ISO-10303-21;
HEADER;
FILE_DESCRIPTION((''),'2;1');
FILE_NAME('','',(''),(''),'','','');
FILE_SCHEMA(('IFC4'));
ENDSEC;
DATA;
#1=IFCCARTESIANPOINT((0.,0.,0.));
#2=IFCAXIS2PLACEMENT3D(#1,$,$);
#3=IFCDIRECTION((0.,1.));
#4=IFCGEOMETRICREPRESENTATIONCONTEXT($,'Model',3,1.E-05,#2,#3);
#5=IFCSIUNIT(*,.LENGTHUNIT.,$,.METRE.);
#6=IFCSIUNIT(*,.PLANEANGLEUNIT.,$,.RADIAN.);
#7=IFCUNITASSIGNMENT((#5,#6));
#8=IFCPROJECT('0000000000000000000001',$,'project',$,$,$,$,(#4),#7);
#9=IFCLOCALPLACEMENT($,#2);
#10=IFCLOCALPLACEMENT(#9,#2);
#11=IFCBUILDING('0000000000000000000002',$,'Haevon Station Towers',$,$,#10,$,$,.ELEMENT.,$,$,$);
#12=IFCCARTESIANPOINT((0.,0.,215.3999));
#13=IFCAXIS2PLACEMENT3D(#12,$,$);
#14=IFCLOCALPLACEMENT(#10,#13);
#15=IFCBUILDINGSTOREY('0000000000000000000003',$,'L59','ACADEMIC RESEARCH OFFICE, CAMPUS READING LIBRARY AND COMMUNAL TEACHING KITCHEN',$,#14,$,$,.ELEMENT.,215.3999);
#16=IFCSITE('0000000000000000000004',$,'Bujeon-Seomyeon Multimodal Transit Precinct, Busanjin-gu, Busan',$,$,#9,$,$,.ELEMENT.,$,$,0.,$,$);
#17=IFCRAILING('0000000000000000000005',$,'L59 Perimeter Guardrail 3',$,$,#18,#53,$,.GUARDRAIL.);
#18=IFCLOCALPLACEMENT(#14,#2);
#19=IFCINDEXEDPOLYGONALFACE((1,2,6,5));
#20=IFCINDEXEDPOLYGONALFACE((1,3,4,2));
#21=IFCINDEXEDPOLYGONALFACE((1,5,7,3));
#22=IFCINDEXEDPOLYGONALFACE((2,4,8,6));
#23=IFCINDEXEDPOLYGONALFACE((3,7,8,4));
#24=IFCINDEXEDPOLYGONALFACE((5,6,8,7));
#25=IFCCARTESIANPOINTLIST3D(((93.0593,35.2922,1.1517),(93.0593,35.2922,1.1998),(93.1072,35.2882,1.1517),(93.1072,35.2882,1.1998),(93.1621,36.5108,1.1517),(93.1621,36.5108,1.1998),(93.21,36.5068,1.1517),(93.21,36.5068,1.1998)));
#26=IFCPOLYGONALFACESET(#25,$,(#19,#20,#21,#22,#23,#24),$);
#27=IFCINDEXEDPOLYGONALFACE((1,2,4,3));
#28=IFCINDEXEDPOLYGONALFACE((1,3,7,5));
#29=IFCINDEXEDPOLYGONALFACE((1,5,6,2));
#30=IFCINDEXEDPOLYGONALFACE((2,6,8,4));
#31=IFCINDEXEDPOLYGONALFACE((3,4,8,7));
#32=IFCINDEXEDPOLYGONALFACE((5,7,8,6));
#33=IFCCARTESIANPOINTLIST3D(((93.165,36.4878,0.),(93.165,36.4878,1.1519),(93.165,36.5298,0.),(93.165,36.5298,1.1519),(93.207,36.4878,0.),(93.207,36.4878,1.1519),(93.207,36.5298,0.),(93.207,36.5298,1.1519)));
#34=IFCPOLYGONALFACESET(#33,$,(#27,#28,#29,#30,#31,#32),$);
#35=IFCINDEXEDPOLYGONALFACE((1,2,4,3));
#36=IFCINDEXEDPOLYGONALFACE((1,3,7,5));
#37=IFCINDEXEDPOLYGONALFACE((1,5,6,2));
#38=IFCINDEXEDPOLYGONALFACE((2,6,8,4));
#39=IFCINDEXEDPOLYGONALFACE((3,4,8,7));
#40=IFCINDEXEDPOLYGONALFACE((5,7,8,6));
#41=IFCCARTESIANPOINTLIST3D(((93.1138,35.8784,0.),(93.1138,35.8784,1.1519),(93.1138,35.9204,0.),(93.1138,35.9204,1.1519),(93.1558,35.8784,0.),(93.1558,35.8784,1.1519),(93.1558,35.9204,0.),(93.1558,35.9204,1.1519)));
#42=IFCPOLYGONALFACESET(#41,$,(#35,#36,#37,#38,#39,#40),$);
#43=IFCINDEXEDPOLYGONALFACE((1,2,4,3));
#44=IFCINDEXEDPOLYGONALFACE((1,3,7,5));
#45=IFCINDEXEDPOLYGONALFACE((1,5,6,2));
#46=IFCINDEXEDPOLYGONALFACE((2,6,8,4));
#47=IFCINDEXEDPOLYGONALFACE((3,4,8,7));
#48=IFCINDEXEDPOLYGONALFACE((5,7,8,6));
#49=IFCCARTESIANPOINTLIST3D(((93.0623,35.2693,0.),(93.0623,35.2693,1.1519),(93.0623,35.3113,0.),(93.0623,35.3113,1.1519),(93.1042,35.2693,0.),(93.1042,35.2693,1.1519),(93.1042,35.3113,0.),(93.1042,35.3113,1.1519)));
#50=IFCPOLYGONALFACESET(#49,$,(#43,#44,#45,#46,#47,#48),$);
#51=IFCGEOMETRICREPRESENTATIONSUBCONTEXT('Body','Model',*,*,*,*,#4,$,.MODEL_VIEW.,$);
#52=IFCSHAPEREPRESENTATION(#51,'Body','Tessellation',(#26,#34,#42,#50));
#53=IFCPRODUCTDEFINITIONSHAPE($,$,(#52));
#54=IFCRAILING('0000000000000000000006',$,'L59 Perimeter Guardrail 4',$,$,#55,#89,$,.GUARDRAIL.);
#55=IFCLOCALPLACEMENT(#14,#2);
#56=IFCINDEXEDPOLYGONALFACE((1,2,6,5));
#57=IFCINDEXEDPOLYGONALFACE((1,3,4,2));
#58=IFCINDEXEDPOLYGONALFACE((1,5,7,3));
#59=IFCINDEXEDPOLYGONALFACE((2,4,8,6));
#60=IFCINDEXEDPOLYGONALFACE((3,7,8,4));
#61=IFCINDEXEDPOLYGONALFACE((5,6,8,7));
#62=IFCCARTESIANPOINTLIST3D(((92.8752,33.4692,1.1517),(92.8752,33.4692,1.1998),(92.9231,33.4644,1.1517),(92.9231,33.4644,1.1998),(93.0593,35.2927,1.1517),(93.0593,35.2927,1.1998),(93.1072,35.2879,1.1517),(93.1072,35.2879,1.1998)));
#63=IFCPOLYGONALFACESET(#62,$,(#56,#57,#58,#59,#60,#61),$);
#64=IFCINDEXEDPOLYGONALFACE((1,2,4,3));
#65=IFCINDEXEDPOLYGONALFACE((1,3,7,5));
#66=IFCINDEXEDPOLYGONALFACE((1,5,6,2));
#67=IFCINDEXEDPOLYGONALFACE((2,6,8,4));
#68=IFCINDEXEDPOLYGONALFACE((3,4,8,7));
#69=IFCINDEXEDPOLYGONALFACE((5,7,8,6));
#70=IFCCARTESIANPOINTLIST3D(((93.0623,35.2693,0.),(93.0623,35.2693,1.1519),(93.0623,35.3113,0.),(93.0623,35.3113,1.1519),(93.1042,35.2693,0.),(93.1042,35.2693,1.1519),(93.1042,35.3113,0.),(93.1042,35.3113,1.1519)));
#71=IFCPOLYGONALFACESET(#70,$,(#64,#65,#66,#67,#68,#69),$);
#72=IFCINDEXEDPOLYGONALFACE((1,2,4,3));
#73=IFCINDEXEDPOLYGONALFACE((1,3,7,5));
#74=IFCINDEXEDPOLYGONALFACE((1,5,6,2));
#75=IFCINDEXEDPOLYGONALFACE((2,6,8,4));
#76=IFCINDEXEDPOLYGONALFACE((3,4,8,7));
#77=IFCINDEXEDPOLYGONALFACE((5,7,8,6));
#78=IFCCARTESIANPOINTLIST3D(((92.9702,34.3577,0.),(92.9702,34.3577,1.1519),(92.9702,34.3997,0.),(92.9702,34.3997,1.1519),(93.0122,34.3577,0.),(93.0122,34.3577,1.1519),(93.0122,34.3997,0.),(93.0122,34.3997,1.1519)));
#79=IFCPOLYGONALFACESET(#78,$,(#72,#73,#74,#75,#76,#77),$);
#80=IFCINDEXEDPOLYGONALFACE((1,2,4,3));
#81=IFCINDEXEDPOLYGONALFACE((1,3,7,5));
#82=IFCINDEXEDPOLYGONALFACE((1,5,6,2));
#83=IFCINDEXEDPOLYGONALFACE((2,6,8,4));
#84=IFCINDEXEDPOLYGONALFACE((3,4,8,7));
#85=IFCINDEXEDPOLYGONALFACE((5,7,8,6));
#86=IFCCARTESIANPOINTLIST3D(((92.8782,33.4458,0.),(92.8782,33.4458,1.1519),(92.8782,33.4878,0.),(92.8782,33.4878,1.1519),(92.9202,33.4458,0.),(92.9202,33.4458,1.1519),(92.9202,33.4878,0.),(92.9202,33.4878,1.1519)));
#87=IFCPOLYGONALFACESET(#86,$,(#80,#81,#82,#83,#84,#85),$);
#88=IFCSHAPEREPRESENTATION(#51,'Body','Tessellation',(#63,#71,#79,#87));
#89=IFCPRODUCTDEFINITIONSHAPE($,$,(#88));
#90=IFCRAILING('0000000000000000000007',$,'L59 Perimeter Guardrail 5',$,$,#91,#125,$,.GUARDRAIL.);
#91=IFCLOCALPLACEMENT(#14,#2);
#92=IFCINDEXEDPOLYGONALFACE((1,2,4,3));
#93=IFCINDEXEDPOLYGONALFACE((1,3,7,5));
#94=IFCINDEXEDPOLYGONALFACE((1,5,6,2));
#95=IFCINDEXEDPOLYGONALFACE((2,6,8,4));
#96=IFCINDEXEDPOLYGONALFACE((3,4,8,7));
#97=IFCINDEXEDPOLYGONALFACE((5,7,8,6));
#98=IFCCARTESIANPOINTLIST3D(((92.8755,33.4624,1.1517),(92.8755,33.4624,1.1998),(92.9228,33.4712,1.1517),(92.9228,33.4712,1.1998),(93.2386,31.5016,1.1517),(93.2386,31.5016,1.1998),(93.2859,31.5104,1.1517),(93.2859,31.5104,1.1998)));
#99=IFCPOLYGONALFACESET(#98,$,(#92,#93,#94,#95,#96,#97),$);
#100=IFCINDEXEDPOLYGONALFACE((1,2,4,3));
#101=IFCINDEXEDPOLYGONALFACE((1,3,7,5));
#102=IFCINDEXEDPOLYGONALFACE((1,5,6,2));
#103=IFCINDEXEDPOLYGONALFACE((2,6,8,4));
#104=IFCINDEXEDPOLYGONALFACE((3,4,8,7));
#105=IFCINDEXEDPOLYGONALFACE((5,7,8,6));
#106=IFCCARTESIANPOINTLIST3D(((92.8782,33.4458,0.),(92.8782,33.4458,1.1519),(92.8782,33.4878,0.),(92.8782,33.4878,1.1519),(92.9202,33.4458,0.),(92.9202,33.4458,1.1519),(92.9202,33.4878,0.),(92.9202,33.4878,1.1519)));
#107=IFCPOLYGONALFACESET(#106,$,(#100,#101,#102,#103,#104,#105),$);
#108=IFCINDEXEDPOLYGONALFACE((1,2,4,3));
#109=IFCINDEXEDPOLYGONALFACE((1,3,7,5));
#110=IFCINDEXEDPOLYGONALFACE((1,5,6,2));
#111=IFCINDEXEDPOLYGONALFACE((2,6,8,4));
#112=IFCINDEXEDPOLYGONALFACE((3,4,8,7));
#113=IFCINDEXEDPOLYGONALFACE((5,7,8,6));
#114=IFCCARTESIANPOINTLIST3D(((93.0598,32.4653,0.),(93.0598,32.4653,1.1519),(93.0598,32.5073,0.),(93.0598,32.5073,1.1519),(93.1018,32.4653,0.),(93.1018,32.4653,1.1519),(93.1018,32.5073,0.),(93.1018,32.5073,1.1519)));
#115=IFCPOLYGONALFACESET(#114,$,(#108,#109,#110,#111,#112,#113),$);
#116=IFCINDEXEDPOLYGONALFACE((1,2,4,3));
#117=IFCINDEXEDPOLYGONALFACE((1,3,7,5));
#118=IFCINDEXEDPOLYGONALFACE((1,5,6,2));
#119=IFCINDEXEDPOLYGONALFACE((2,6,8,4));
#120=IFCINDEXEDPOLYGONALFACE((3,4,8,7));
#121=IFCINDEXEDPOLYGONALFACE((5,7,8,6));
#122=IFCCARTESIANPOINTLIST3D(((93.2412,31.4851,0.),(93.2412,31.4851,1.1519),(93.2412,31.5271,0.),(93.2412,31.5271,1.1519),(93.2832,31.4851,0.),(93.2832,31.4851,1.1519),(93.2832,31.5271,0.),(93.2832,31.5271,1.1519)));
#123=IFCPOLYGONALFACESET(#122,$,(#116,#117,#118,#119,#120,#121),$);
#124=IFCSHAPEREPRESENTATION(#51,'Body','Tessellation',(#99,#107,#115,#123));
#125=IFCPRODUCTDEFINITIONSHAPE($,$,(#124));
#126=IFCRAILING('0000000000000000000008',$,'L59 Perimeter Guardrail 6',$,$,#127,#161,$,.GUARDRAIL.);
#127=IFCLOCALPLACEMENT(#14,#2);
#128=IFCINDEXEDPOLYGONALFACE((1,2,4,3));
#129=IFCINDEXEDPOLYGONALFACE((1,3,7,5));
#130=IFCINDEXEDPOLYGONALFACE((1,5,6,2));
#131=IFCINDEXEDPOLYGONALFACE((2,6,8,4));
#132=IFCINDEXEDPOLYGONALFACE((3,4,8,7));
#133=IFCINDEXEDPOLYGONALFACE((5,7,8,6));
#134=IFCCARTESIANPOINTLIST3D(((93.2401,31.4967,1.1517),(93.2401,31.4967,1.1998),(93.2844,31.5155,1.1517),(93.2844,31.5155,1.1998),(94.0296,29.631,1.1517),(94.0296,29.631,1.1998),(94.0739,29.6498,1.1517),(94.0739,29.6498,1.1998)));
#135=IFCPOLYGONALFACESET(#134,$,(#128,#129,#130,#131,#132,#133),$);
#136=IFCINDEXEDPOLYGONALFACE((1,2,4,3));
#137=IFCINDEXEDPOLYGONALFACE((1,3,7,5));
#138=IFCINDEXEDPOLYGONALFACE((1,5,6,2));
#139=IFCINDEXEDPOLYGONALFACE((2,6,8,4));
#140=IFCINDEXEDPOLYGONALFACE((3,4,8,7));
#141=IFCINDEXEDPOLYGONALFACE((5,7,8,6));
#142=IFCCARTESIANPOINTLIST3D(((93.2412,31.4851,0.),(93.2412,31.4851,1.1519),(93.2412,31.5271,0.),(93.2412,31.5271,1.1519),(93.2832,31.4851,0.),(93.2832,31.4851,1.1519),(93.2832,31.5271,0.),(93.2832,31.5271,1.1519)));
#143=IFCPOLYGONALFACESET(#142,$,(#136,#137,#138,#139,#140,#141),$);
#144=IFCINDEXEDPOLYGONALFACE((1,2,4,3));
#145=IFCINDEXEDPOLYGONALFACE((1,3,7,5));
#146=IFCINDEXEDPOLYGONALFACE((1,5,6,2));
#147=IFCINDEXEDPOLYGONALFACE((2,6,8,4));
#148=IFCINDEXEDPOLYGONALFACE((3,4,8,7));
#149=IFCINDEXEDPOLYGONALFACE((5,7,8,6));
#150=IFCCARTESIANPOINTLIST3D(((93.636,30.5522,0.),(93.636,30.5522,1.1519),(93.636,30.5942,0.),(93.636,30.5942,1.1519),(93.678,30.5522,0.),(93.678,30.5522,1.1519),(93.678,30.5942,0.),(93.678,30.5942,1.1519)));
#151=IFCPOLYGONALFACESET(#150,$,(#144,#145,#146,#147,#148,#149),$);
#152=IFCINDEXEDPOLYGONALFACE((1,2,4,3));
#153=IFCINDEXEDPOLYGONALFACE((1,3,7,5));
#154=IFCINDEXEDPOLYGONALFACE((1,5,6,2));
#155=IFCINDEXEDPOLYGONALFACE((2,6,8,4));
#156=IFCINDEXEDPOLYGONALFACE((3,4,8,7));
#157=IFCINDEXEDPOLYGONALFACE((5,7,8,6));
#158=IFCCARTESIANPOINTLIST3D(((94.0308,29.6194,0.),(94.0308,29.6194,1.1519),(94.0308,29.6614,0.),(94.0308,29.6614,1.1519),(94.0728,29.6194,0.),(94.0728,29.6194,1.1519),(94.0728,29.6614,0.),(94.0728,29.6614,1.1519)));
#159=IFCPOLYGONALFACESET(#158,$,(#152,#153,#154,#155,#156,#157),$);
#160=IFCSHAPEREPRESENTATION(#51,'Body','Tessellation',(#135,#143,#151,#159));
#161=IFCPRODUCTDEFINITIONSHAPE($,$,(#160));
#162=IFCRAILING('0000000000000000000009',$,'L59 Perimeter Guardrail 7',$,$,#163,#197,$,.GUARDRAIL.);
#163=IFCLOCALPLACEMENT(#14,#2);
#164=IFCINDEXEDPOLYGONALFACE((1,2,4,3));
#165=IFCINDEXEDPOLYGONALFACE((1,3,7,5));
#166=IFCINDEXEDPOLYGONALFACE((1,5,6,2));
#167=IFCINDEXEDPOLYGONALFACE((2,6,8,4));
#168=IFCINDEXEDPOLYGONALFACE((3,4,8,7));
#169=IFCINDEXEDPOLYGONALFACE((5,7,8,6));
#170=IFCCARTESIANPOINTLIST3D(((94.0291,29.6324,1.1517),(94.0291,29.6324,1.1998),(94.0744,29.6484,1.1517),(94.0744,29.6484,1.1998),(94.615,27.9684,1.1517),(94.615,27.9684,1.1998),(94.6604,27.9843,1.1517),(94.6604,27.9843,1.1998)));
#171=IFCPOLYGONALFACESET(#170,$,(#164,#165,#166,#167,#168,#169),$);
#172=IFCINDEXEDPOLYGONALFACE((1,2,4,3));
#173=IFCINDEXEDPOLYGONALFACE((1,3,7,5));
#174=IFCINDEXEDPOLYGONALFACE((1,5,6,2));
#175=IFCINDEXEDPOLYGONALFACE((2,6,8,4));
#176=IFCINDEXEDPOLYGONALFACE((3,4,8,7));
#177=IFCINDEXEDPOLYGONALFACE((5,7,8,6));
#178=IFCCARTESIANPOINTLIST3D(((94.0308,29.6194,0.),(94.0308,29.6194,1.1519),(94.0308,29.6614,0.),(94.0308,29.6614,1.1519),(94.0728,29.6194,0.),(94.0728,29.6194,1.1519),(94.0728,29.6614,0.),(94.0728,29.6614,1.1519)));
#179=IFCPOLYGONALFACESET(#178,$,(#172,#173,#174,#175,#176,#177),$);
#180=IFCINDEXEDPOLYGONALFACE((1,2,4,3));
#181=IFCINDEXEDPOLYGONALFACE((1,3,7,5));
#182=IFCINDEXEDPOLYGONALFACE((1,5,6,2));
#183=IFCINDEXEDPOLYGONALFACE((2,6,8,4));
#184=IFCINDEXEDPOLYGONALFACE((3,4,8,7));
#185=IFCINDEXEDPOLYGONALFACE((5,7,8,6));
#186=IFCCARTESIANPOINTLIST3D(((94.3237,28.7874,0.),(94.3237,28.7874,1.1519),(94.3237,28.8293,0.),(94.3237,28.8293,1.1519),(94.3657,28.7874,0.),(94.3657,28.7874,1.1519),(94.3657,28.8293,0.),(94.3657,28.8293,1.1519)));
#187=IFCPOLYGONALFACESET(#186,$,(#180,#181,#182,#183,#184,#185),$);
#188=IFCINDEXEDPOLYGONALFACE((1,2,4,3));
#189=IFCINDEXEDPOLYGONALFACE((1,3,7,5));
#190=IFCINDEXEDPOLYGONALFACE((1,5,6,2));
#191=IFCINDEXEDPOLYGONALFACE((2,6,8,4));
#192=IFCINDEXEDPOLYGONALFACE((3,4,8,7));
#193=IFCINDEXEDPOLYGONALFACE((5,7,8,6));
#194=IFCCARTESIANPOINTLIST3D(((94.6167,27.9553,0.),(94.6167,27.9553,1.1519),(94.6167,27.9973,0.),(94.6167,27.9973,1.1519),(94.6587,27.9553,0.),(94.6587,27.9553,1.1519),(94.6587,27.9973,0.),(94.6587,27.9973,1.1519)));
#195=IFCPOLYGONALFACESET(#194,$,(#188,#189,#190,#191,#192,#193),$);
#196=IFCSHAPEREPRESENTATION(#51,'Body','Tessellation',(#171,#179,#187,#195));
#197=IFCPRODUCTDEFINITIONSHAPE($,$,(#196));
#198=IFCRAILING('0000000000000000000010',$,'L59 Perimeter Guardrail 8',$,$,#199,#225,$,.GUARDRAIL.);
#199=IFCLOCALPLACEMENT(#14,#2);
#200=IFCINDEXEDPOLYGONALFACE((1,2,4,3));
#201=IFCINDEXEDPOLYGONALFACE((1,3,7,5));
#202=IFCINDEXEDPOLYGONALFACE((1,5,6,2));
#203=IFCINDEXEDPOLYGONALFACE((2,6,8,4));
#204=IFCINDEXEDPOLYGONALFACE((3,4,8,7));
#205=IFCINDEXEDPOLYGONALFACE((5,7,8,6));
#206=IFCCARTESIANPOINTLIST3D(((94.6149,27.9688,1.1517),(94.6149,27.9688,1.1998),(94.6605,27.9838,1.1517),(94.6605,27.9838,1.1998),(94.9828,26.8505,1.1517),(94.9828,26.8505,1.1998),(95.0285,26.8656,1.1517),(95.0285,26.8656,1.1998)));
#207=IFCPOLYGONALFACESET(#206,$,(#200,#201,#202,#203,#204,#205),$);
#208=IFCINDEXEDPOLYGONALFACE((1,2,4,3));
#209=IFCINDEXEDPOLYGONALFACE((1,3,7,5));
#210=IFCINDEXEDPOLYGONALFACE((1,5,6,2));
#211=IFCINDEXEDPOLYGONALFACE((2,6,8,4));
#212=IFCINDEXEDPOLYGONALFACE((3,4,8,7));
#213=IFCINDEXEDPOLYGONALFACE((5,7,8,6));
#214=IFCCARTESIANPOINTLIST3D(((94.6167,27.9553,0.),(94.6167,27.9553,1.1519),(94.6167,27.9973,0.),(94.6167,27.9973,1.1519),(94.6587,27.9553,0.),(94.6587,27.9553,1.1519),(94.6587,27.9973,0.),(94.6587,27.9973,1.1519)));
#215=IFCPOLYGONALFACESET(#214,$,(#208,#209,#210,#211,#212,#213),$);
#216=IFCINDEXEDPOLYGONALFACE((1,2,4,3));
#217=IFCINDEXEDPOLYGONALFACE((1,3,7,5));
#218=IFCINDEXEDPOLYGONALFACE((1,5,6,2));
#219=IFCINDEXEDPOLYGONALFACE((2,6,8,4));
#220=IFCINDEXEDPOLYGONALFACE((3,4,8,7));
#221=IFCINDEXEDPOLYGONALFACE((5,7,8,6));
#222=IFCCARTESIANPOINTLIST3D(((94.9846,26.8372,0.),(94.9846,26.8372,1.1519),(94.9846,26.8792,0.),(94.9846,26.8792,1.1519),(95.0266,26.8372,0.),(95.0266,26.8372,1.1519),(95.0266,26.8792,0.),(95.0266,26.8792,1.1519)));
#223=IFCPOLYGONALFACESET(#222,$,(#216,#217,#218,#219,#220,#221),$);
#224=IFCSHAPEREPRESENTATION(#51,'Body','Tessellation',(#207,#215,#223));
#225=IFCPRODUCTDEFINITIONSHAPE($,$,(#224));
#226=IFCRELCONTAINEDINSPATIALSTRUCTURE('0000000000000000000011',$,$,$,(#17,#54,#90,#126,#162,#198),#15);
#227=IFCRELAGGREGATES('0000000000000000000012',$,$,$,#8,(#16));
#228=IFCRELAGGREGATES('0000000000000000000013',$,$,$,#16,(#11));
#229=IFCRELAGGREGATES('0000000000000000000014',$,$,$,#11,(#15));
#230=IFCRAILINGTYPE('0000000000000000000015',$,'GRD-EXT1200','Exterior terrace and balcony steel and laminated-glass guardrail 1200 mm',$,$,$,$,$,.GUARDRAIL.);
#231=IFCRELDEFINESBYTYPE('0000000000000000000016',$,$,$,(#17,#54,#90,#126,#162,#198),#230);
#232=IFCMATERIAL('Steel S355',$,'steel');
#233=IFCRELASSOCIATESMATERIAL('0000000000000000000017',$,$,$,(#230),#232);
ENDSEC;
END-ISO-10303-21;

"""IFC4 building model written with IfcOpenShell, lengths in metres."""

from ifc_helpers import new_model, si_unit, direction, frame, origin, origin_2d, place, context, subcontext, project, spatial, rectangle, extrude, material, type_object, element, save


model = new_model("IFC4")

# Units and contexts
model_context = context("Model", 3, precision=1e-05, world=origin(), true_north=direction((0.0, 1.0)))
body_context = subcontext(model_context, "Body", "Model", "MODEL_VIEW")
ifc_project = project(units=[si_unit("LENGTHUNIT", "METRE"), si_unit("PLANEANGLEUNIT", "RADIAN")], contexts=[model_context])

# Site, building, storey
site_placement = place(None, origin())
site = spatial("IfcSite", under=ifc_project, at=site_placement, Name="Bujeon-Seomyeon Multimodal Transit Precinct, Busanjin-gu, Busan", CompositionType="ELEMENT", RefElevation=0.0)
building_placement = place(site_placement, origin())
building = spatial("IfcBuilding", under=site, at=building_placement, Name="Haevon Station Towers", CompositionType="ELEMENT")
storey_placement = place(building_placement, frame((0.0, 0.0, 215.3999)))
storey = spatial("IfcBuildingStorey", under=building, at=storey_placement, Name="L59", Description="ACADEMIC RESEARCH OFFICE, CAMPUS READING LIBRARY AND COMMUNAL TEACHING KITCHEN", CompositionType="ELEMENT", Elevation=215.3999)

# Shared definitions
ifc_material_1 = material(Name="Steel S355", Category="steel")

# Railings
railing_type = type_object("IfcRailingType", Name="GRD-EXT1200", Description="Exterior terrace and balcony steel and laminated-glass guardrail 1200 mm", PredefinedType="GUARDRAIL", material=ifc_material_1)
railing_1_placement = place(storey_placement, frame((93.186, 36.5088, 0.0)))
element("IfcRailing", 1, at=railing_1_placement, inside=storey, type_object=railing_type, Name="L59 Perimeter Guardrail 3", PredefinedType="GUARDRAIL", context=body_context, shape_type="SweptSolid", body=[
    extrude(rectangle(XDim=0.0481, YDim=0.0481, at=origin_2d()), frame((0.0, 0.0, 1.1758), z_axis=(-0.084053, -0.996461, 0.0), x_axis=(0.996461, -0.084053, 0.0)), (0.0, 0.0, 1.0), 1.2229),
    extrude(rectangle(XDim=0.042, YDim=0.042, at=origin_2d()), origin(), (0.0, 0.0, 1.0), 1.1519),
    extrude(rectangle(XDim=0.042, YDim=0.042, at=origin_2d()), frame((-0.0513, -0.6094, 0.0)), (0.0, 0.0, 1.0), 1.1519),
    extrude(rectangle(XDim=0.042, YDim=0.042, at=origin_2d()), frame((-0.1028, -1.2185, 0.0)), (0.0, 0.0, 1.0), 1.1519),
])
railing_2_placement = place(storey_placement, frame((93.0833, 35.2903, 0.0)))
element("IfcRailing", 2, at=railing_2_placement, inside=storey, type_object=railing_type, Name="L59 Perimeter Guardrail 4", PredefinedType="GUARDRAIL", context=body_context, shape_type="SweptSolid", body=[
    extrude(rectangle(XDim=0.0481, YDim=0.0481, at=origin_2d()), frame((0.0, 0.0, 1.1758), z_axis=(-0.10044, -0.994943, 0.0), x_axis=(0.994943, -0.10044, 0.0)), (0.0, 0.0, 1.0), 1.8328),
    extrude(rectangle(XDim=0.042, YDim=0.042, at=origin_2d()), origin(), (0.0, 0.0, 1.0), 1.1519),
    extrude(rectangle(XDim=0.042, YDim=0.042, at=origin_2d()), frame((-0.092, -0.9116, 0.0)), (0.0, 0.0, 1.0), 1.1519),
    extrude(rectangle(XDim=0.042, YDim=0.042, at=origin_2d()), frame((-0.1841, -1.8235, 0.0)), (0.0, 0.0, 1.0), 1.1519),
])
railing_3_placement = place(storey_placement, frame((92.8992, 33.4668, 0.0)))
element("IfcRailing", 3, at=railing_3_placement, inside=storey, type_object=railing_type, Name="L59 Perimeter Guardrail 5", PredefinedType="GUARDRAIL", context=body_context, shape_type="SweptSolid", body=[
    extrude(rectangle(XDim=0.0481, YDim=0.0481, at=origin_2d()), frame((0.0, 0.0, 1.1758), z_axis=(0.182063, -0.983287, 0.0), x_axis=(0.983287, 0.182063, 0.0)), (0.0, 0.0, 1.0), 1.9941),
    extrude(rectangle(XDim=0.042, YDim=0.042, at=origin_2d()), origin(), (0.0, 0.0, 1.0), 1.1519),
    extrude(rectangle(XDim=0.042, YDim=0.042, at=origin_2d()), frame((0.1816, -0.9805, 0.0)), (0.0, 0.0, 1.0), 1.1519),
    extrude(rectangle(XDim=0.042, YDim=0.042, at=origin_2d()), frame((0.363, -1.9607, 0.0)), (0.0, 0.0, 1.0), 1.1519),
])
railing_4_placement = place(storey_placement, frame((93.2622, 31.5061, 0.0)))
element("IfcRailing", 4, at=railing_4_placement, inside=storey, type_object=railing_type, Name="L59 Perimeter Guardrail 6", PredefinedType="GUARDRAIL", context=body_context, shape_type="SweptSolid", body=[
    extrude(rectangle(XDim=0.0481, YDim=0.0481, at=origin_2d()), frame((0.0, 0.0, 1.1758), z_axis=(0.389726, -0.920931, 0.0), x_axis=(0.920931, 0.389726, 0.0)), (0.0, 0.0, 1.0), 2.0259),
    extrude(rectangle(XDim=0.042, YDim=0.042, at=origin_2d()), origin(), (0.0, 0.0, 1.0), 1.1519),
    extrude(rectangle(XDim=0.042, YDim=0.042, at=origin_2d()), frame((0.3948, -0.9329, 0.0)), (0.0, 0.0, 1.0), 1.1519),
    extrude(rectangle(XDim=0.042, YDim=0.042, at=origin_2d()), frame((0.7896, -1.8657, 0.0)), (0.0, 0.0, 1.0), 1.1519),
])
railing_5_placement = place(storey_placement, frame((94.0518, 29.6404, 0.0)))
element("IfcRailing", 5, at=railing_5_placement, inside=storey, type_object=railing_type, Name="L59 Perimeter Guardrail 7", PredefinedType="GUARDRAIL", context=body_context, shape_type="SweptSolid", body=[
    extrude(rectangle(XDim=0.0481, YDim=0.0481, at=origin_2d()), frame((0.0, 0.0, 1.1758), z_axis=(0.332125, -0.943235, 0.0), x_axis=(0.943235, 0.332125, 0.0)), (0.0, 0.0, 1.0), 1.7642),
    extrude(rectangle(XDim=0.042, YDim=0.042, at=origin_2d()), origin(), (0.0, 0.0, 1.0), 1.1519),
    extrude(rectangle(XDim=0.042, YDim=0.042, at=origin_2d()), frame((0.293, -0.832, 0.0)), (0.0, 0.0, 1.0), 1.1519),
    extrude(rectangle(XDim=0.042, YDim=0.042, at=origin_2d()), frame((0.5859, -1.6641, 0.0)), (0.0, 0.0, 1.0), 1.1519),
])
railing_6_placement = place(storey_placement, frame((94.6377, 27.9763, 0.0)))
element("IfcRailing", 6, at=railing_6_placement, inside=storey, type_object=railing_type, Name="L59 Perimeter Guardrail 8", PredefinedType="GUARDRAIL", context=body_context, shape_type="SweptSolid", body=[
    extrude(rectangle(XDim=0.0481, YDim=0.0481, at=origin_2d()), frame((0.0, 0.0, 1.1758), z_axis=(0.312554, -0.9499, 0.0), x_axis=(0.9499, 0.312554, 0.0)), (0.0, 0.0, 1.0), 1.1772),
    extrude(rectangle(XDim=0.042, YDim=0.042, at=origin_2d()), origin(), (0.0, 0.0, 1.0), 1.1519),
    extrude(rectangle(XDim=0.042, YDim=0.042, at=origin_2d()), frame((0.3679, -1.1182, 0.0)), (0.0, 0.0, 1.0), 1.1519),
])

save(model, "model.ifc")
